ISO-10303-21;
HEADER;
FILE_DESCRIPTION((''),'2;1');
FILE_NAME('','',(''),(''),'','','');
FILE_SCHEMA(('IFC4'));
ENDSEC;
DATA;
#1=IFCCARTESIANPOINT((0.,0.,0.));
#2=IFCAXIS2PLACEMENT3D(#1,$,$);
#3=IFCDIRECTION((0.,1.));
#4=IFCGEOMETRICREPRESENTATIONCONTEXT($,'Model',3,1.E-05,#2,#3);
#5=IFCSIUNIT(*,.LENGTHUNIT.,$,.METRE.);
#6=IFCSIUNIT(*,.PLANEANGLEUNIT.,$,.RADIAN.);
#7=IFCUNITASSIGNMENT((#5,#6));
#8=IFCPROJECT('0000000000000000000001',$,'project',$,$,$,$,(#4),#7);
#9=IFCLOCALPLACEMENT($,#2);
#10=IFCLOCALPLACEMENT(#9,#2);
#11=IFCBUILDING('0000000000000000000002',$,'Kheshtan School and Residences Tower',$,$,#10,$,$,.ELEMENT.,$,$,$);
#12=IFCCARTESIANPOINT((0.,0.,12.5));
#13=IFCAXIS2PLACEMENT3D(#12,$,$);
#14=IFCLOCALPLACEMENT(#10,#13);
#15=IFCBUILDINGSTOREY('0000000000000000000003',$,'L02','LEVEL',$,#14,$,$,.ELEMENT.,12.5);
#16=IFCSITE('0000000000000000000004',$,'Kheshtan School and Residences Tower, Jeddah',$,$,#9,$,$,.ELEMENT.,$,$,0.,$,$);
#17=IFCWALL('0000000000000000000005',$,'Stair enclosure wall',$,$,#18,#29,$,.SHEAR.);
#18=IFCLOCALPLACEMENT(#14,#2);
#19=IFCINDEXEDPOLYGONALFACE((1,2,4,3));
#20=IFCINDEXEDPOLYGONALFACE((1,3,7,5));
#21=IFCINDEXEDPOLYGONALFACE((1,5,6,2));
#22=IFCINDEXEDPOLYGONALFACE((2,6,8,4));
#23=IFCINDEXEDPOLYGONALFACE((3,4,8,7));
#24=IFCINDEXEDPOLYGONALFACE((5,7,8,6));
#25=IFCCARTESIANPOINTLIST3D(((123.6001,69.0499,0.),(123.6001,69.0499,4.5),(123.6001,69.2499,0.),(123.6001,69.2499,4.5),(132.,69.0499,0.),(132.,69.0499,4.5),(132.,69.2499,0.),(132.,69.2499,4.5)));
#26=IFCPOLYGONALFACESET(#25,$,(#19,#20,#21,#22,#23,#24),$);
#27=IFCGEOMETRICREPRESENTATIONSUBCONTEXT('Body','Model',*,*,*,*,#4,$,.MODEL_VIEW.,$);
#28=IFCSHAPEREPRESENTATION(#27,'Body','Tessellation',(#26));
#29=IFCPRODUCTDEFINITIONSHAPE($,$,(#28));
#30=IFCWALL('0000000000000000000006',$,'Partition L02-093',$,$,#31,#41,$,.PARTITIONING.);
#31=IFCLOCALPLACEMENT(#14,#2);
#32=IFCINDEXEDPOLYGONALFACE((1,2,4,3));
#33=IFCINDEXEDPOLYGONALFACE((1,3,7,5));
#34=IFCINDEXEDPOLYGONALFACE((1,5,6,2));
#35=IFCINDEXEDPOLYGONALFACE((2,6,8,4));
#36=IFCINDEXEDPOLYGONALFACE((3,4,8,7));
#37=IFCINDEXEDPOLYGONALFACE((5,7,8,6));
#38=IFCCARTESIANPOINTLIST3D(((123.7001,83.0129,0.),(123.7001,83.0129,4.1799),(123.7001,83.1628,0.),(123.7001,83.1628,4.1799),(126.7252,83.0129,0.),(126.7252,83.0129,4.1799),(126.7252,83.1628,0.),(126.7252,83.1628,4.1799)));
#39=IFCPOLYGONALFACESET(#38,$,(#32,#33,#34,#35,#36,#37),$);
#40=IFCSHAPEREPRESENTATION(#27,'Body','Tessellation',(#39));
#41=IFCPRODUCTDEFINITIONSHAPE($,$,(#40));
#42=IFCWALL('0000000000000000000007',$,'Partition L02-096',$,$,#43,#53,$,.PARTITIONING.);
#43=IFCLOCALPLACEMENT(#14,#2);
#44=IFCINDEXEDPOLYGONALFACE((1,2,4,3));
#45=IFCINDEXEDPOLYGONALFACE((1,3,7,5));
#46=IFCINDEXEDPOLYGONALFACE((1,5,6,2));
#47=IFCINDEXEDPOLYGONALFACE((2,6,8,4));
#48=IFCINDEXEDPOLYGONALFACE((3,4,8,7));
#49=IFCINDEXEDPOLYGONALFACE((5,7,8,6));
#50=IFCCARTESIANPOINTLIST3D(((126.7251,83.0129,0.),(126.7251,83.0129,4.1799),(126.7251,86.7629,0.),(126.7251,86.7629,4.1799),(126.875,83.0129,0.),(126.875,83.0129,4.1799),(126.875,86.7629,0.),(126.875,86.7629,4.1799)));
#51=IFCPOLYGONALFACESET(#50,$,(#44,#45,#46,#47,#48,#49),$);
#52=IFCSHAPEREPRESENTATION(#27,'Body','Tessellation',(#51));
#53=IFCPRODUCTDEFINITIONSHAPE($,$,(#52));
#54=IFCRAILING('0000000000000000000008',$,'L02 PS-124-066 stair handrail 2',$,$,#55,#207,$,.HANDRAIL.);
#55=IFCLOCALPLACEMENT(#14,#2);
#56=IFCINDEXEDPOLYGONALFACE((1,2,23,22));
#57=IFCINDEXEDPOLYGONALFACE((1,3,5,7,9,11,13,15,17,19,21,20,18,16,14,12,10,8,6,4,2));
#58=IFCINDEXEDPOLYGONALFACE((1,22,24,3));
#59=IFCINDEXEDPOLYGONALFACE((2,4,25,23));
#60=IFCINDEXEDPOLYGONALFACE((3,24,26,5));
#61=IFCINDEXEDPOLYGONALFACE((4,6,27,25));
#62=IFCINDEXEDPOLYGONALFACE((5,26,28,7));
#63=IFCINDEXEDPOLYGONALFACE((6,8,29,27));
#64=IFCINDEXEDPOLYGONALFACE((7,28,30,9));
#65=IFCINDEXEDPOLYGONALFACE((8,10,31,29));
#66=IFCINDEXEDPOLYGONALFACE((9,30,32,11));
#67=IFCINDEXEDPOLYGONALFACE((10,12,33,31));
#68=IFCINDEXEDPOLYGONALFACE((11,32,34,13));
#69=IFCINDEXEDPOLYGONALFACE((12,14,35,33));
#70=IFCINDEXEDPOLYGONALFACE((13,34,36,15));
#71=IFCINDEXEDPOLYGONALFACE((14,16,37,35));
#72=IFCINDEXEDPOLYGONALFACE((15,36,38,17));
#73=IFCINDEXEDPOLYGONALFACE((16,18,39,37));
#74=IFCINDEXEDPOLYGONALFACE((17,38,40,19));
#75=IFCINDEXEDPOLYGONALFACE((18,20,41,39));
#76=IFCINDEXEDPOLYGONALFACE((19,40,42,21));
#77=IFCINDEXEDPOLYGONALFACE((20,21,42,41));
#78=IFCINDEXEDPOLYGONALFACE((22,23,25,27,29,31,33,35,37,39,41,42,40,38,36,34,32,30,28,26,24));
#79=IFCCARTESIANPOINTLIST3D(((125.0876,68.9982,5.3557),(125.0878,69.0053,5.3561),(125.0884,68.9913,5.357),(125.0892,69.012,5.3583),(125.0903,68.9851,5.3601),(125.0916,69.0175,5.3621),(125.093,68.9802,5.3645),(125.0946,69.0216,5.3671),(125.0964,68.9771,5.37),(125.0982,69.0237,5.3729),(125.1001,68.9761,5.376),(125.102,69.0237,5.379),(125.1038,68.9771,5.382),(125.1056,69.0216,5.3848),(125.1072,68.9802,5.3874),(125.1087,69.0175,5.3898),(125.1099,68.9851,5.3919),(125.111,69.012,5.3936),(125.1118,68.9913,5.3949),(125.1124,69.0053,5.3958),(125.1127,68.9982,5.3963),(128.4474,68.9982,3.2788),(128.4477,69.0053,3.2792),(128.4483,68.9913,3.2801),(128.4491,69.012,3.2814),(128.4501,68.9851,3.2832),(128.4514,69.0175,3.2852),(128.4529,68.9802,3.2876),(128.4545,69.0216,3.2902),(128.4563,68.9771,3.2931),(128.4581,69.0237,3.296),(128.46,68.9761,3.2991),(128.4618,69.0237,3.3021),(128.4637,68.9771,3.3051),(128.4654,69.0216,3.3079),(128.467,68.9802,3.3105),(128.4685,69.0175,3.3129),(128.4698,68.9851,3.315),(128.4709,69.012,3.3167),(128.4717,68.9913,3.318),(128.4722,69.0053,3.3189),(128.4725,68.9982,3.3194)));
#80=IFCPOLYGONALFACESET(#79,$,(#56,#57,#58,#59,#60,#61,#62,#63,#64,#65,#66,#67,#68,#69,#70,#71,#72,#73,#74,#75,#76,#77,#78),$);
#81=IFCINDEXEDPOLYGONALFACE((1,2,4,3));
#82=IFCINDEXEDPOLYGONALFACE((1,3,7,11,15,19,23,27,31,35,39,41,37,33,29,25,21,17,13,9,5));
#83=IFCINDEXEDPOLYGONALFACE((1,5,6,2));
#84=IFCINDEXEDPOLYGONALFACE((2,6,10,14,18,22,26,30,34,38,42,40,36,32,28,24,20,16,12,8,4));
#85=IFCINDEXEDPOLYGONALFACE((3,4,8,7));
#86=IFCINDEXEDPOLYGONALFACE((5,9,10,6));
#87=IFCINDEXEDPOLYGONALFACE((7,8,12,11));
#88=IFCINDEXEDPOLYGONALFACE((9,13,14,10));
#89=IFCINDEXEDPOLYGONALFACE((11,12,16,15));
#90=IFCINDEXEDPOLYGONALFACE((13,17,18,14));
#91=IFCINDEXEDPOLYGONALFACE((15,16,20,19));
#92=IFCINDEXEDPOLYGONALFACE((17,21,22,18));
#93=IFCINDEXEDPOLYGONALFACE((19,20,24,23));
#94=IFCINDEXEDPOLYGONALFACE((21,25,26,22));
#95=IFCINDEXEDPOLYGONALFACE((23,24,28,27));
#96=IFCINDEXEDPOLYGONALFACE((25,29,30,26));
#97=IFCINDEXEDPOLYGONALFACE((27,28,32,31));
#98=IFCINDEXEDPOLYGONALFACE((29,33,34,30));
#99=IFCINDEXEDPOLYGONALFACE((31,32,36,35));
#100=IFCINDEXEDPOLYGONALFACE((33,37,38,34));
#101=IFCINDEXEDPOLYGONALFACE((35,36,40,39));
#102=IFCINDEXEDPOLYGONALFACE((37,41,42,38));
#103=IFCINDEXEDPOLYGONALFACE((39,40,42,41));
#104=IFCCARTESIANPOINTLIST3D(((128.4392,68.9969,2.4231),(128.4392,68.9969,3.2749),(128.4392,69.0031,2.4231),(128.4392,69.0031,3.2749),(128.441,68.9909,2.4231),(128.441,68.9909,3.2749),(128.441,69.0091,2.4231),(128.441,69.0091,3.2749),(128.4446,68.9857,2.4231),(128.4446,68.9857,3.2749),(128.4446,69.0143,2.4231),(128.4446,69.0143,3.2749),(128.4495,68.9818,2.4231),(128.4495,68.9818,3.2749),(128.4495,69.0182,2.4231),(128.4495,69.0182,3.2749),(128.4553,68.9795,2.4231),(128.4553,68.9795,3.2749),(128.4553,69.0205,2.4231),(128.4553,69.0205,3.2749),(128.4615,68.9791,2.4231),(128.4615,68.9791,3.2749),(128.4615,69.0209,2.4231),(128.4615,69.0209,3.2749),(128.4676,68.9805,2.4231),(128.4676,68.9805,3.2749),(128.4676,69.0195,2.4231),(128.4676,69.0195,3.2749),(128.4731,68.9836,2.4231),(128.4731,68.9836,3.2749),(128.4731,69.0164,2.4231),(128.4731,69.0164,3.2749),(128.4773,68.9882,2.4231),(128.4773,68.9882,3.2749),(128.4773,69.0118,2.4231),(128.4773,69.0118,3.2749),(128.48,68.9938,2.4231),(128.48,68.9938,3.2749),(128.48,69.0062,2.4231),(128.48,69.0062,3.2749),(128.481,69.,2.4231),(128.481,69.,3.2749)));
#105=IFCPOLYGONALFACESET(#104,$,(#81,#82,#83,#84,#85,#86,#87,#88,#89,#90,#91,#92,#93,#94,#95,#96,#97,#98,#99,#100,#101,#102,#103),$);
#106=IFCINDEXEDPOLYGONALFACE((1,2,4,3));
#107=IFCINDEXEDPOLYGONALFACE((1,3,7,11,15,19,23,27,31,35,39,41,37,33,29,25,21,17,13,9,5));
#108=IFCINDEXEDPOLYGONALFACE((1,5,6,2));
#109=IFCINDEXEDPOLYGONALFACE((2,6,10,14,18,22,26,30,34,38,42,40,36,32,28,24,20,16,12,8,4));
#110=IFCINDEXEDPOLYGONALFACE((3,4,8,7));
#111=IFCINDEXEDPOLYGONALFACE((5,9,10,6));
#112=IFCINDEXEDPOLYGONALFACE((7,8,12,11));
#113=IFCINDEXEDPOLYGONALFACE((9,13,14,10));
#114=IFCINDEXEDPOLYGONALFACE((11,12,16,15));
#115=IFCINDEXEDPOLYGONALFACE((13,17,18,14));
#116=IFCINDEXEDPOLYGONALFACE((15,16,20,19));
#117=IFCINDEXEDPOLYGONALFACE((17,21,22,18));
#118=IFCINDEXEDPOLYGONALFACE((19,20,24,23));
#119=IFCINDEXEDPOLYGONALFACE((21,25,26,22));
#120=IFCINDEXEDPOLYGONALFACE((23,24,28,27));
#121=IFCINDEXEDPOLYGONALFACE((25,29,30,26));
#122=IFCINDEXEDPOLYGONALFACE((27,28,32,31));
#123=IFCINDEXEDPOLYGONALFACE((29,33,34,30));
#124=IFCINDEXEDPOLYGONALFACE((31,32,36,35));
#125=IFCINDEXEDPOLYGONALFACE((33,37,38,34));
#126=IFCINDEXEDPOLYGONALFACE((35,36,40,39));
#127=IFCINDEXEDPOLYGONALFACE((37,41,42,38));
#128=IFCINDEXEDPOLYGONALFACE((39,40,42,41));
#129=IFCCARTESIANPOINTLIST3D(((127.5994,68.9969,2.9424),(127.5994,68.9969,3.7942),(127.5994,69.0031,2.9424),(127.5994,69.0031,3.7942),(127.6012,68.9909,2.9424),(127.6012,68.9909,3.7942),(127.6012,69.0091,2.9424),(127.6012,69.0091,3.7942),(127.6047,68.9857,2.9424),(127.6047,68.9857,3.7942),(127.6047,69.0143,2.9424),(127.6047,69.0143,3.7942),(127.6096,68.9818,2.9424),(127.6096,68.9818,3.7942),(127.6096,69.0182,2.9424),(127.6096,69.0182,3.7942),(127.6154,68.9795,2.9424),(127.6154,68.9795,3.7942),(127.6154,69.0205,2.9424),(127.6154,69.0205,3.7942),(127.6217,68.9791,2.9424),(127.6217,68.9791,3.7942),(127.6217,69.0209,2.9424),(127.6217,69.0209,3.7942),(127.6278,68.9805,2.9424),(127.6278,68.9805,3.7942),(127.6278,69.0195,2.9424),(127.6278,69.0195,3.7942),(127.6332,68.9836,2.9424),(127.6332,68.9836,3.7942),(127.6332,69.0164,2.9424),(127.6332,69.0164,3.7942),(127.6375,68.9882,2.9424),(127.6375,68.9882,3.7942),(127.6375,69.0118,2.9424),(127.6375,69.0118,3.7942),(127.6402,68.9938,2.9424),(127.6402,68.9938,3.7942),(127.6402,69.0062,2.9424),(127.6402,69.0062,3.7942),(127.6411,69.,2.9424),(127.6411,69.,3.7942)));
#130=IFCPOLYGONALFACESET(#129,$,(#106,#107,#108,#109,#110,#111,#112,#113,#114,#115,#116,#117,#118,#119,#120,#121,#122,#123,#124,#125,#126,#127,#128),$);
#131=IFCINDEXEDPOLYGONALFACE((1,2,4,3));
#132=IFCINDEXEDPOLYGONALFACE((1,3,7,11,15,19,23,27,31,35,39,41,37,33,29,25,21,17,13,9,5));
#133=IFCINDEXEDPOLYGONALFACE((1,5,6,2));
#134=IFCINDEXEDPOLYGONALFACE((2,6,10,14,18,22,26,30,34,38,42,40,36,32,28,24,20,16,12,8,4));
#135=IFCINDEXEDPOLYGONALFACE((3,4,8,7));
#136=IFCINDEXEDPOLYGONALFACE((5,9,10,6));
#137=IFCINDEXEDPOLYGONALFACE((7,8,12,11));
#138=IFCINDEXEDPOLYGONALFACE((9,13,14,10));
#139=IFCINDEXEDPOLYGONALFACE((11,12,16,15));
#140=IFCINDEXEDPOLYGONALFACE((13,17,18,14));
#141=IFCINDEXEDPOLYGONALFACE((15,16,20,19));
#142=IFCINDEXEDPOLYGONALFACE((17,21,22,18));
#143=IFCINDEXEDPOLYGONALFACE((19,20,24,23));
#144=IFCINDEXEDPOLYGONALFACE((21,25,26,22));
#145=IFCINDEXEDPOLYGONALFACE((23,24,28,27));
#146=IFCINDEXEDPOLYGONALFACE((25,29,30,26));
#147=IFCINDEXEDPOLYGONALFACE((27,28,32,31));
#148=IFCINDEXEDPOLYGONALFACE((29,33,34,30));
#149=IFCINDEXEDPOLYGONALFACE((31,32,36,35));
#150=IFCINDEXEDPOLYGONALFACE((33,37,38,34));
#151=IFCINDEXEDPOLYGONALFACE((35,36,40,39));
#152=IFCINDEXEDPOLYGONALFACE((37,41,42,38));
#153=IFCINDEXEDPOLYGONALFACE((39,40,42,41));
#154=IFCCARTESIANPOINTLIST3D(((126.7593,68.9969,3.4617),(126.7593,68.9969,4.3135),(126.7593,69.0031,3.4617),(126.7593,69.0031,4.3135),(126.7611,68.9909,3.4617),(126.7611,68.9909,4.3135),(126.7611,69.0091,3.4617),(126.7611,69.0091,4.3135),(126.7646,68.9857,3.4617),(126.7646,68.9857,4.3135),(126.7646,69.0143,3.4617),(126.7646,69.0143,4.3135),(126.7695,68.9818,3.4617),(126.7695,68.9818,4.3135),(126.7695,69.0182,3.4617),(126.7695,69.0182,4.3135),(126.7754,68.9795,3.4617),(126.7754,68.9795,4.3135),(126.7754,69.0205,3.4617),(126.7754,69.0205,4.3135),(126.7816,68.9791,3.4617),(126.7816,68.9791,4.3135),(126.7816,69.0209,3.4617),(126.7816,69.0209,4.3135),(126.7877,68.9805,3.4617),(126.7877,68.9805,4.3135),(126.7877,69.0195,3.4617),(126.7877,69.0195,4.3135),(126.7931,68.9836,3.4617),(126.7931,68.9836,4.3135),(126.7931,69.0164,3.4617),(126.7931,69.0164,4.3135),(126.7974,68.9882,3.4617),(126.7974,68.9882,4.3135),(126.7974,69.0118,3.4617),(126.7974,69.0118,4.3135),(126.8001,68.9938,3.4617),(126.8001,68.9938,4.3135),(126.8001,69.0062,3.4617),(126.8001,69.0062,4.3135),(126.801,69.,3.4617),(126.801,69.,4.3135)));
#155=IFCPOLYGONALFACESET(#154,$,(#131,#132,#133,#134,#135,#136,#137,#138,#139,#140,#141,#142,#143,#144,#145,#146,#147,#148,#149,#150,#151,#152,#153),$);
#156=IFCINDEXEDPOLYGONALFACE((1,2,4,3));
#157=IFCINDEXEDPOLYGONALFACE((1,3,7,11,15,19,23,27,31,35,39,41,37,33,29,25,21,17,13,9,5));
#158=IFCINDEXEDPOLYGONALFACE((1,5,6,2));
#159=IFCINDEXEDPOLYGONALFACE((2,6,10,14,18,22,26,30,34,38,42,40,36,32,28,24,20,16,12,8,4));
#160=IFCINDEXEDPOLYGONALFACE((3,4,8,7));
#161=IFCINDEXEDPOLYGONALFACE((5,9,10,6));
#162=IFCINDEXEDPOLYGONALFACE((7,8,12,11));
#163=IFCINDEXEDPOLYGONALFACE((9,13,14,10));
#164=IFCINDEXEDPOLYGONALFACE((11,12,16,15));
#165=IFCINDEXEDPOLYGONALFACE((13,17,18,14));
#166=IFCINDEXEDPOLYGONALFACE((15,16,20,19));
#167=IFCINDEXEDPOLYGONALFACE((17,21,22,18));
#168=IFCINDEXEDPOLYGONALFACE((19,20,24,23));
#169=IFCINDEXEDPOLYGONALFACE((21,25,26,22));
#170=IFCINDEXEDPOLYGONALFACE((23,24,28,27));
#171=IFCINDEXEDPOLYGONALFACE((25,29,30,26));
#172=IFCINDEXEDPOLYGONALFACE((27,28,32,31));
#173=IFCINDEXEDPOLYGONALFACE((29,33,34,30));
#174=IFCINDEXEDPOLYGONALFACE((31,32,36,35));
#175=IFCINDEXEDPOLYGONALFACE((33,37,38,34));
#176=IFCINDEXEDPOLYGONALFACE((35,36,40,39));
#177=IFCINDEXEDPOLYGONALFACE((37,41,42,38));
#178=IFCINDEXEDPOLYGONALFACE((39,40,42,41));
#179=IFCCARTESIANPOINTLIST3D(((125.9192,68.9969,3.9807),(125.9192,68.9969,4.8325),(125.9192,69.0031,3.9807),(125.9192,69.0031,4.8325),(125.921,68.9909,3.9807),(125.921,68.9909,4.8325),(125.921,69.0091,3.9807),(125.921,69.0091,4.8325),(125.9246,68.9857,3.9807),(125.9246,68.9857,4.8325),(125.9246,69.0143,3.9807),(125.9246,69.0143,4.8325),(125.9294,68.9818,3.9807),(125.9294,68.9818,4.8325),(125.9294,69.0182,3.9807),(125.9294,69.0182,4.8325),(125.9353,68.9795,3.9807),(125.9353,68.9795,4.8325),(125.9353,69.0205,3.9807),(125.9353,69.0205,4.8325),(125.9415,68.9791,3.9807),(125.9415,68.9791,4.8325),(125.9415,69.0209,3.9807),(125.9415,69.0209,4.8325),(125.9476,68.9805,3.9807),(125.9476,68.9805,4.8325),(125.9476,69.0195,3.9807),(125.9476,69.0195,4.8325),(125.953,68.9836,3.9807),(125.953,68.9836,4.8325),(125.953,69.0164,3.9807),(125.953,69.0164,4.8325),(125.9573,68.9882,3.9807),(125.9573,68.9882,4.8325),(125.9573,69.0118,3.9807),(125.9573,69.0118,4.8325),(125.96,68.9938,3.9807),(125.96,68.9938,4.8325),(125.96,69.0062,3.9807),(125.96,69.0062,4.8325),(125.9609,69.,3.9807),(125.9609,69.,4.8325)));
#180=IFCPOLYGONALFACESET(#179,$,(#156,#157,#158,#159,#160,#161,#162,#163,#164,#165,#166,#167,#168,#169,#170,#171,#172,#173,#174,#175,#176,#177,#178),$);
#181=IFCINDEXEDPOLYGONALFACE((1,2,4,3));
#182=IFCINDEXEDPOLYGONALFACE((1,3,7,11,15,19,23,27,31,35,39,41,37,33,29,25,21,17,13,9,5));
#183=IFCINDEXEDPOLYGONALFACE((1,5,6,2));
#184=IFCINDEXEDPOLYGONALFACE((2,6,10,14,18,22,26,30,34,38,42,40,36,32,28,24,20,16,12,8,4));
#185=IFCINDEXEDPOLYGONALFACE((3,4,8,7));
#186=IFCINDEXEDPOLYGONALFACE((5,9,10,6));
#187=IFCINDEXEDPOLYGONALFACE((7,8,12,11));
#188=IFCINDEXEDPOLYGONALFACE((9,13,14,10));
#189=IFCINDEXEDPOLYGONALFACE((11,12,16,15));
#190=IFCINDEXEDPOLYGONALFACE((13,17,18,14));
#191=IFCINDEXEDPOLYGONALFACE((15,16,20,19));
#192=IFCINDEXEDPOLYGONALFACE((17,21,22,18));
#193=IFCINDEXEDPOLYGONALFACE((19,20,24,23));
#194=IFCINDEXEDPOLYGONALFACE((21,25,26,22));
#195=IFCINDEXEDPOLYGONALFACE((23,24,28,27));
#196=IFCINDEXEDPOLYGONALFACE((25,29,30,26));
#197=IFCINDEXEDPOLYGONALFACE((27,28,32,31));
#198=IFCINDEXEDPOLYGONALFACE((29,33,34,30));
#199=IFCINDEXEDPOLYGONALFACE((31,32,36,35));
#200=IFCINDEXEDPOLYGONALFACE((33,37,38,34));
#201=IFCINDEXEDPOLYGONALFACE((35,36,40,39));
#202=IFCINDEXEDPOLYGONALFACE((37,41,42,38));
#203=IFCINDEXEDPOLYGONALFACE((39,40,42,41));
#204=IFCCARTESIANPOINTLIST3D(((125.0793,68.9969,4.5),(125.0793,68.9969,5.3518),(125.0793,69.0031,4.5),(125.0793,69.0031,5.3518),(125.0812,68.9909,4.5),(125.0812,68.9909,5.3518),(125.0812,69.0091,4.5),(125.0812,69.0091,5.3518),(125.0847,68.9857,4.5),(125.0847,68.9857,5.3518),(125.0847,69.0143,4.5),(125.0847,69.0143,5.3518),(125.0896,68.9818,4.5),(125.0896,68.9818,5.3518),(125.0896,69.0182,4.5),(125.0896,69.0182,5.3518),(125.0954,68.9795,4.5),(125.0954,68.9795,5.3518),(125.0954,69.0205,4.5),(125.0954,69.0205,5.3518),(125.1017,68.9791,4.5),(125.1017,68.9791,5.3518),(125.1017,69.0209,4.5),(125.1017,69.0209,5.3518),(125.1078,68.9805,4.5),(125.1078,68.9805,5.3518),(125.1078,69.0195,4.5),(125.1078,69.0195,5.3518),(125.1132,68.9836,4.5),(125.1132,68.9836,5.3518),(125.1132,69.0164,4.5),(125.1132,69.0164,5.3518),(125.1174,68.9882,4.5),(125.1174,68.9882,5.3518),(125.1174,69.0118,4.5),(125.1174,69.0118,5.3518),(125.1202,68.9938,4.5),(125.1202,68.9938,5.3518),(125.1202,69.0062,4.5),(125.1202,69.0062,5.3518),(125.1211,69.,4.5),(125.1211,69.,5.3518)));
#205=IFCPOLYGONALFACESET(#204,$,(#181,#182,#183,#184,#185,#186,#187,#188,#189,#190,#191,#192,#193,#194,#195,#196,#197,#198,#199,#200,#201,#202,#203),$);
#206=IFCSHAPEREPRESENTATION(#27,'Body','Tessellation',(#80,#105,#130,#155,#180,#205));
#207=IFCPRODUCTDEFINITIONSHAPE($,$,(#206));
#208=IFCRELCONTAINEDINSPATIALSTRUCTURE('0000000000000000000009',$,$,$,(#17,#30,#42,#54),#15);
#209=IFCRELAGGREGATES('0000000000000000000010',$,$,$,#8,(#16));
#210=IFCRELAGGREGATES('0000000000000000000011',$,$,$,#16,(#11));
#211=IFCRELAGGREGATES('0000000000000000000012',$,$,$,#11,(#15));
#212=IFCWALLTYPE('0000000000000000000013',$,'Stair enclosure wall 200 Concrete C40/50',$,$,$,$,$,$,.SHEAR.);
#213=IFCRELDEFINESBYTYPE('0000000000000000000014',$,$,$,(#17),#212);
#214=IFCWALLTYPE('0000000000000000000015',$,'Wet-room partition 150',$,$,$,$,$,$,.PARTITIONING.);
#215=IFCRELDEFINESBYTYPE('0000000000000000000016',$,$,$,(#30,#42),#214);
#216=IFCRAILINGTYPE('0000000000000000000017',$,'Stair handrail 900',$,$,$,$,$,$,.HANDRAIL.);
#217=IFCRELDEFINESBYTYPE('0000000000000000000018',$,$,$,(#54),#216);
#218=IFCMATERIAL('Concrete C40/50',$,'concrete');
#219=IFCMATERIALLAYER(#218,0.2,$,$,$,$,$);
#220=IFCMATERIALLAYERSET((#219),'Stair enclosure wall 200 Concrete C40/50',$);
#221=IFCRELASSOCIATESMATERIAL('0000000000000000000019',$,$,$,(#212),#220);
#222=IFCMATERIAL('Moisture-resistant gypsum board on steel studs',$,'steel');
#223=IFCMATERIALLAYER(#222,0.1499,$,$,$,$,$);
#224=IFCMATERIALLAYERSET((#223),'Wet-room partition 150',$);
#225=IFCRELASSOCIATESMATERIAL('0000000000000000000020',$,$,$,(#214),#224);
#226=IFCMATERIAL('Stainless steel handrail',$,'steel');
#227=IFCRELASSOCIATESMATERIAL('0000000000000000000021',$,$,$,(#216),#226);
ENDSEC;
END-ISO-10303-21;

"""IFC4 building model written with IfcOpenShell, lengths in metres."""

from ifc_helpers import new_model, si_unit, direction, frame, frame_2d, origin, origin_2d, place, context, subcontext, project, spatial, rectangle, circle, extrude, material, layer, layer_set, type_object, element, save


model = new_model("IFC4")

# Units and contexts
model_context = context("Model", 3, precision=1e-05, world=origin(), true_north=direction((0.0, 1.0)))
body_context = subcontext(model_context, "Body", "Model", "MODEL_VIEW")
ifc_project = project(units=[si_unit("LENGTHUNIT", "METRE"), si_unit("PLANEANGLEUNIT", "RADIAN")], contexts=[model_context])

# Site, building, storey
site_placement = place(None, origin())
site = spatial("IfcSite", under=ifc_project, at=site_placement, Name="Kheshtan School and Residences Tower, Jeddah", CompositionType="ELEMENT", RefElevation=0.0)
building_placement = place(site_placement, origin())
building = spatial("IfcBuilding", under=site, at=building_placement, Name="Kheshtan School and Residences Tower", CompositionType="ELEMENT")
storey_placement = place(building_placement, frame((0.0, 0.0, 12.5)))
storey = spatial("IfcBuildingStorey", under=building, at=storey_placement, Name="L02", Description="LEVEL", CompositionType="ELEMENT", Elevation=12.5)

# Walls
ifc_material_1 = material(Name="Concrete C40/50", Category="concrete")
ifc_layer_1 = layer(ifc_material_1, 0.2)
ifc_layer_set_1 = layer_set([ifc_layer_1], Name="Stair enclosure wall 200 Concrete C40/50")
wall_type_1 = type_object("IfcWallType", Name="Stair enclosure wall 200 Concrete C40/50", PredefinedType="SHEAR", material=ifc_layer_set_1)
wall_1_placement = place(storey_placement, frame((123.6001, 69.1499, 0.0), z_axis=(0.0, 0.0, 1.0), x_axis=(1.0, 0.0, 0.0)))
element("IfcWall", 1, at=wall_1_placement, inside=storey, type_object=wall_type_1, Name="Stair enclosure wall", PredefinedType="SHEAR", context=body_context, shape_type="SweptSolid", body=[
    extrude(rectangle(XDim=8.3999, YDim=0.2, at=frame_2d((4.2, 0.0))), origin(), (0.0, 0.0, 1.0), 4.5),
])
ifc_material_2 = material(Name="Moisture-resistant gypsum board on steel studs", Category="steel")
ifc_layer_2 = layer(ifc_material_2, 0.1499)
ifc_layer_set_2 = layer_set([ifc_layer_2], Name="Wet-room partition 150")
wall_type_2 = type_object("IfcWallType", Name="Wet-room partition 150", PredefinedType="PARTITIONING", material=ifc_layer_set_2)
wall_2_placement = place(storey_placement, frame((123.7, 83.0879, 0.0), z_axis=(0.0, 0.0, 1.0), x_axis=(1.0, 0.0, 0.0)))
element("IfcWall", 2, at=wall_2_placement, inside=storey, type_object=wall_type_2, Name="Partition L02-093", PredefinedType="PARTITIONING", context=body_context, shape_type="SweptSolid", body=[
    extrude(rectangle(XDim=3.0251, YDim=0.1499, at=frame_2d((1.5127, 0.0))), origin(), (0.0, 0.0, 1.0), 4.1799),
])
wall_3_placement = place(storey_placement, frame((126.8, 83.0129, 0.0), z_axis=(0.0, 0.0, 1.0), x_axis=(0.0, 1.0, 0.0)))
element("IfcWall", 3, at=wall_3_placement, inside=storey, type_object=wall_type_2, Name="Partition L02-096", PredefinedType="PARTITIONING", context=body_context, shape_type="SweptSolid", body=[
    extrude(rectangle(XDim=3.75, YDim=0.1499, at=frame_2d((1.875, 0.0))), origin(), (0.0, 0.0, 1.0), 4.1799),
])

# Railing
ifc_material_3 = material(Name="Stainless steel handrail", Category="steel")
railing_type = type_object("IfcRailingType", Name="Stair handrail 900", PredefinedType="HANDRAIL", material=ifc_material_3)
railing_placement = place(storey_placement, frame((128.46, 69.0, 2.4231)))
element("IfcRailing", 4, at=railing_placement, inside=storey, type_object=railing_type, Name="L02 PS-124-066 stair handrail 2", PredefinedType="HANDRAIL", context=body_context, shape_type="SweptSolid", body=[
    extrude(circle(Radius=0.0239, at=origin_2d()), frame((0.0, 0.0, 0.876), z_axis=(-0.850606, 0.0, 0.525803), x_axis=(0.0, -1.0, 0.0)), (0.0, 0.0, 1.0), 3.95),
    extrude(circle(Radius=0.021, at=origin_2d()), origin(), (0.0, 0.0, 1.0), 0.8518),
    extrude(circle(Radius=0.021, at=origin_2d()), frame((-0.8398, 0.0, 0.5193)), (0.0, 0.0, 1.0), 0.8518),
    extrude(circle(Radius=0.021, at=origin_2d()), frame((-1.6799, 0.0, 1.0386)), (0.0, 0.0, 1.0), 0.8518),
    extrude(circle(Radius=0.021, at=origin_2d()), frame((-2.52, 0.0, 1.5576)), (0.0, 0.0, 1.0), 0.8518),
    extrude(circle(Radius=0.021, at=origin_2d()), frame((-3.3599, 0.0, 2.0769)), (0.0, 0.0, 1.0), 0.8518),
])

save(model, "model.ifc")
